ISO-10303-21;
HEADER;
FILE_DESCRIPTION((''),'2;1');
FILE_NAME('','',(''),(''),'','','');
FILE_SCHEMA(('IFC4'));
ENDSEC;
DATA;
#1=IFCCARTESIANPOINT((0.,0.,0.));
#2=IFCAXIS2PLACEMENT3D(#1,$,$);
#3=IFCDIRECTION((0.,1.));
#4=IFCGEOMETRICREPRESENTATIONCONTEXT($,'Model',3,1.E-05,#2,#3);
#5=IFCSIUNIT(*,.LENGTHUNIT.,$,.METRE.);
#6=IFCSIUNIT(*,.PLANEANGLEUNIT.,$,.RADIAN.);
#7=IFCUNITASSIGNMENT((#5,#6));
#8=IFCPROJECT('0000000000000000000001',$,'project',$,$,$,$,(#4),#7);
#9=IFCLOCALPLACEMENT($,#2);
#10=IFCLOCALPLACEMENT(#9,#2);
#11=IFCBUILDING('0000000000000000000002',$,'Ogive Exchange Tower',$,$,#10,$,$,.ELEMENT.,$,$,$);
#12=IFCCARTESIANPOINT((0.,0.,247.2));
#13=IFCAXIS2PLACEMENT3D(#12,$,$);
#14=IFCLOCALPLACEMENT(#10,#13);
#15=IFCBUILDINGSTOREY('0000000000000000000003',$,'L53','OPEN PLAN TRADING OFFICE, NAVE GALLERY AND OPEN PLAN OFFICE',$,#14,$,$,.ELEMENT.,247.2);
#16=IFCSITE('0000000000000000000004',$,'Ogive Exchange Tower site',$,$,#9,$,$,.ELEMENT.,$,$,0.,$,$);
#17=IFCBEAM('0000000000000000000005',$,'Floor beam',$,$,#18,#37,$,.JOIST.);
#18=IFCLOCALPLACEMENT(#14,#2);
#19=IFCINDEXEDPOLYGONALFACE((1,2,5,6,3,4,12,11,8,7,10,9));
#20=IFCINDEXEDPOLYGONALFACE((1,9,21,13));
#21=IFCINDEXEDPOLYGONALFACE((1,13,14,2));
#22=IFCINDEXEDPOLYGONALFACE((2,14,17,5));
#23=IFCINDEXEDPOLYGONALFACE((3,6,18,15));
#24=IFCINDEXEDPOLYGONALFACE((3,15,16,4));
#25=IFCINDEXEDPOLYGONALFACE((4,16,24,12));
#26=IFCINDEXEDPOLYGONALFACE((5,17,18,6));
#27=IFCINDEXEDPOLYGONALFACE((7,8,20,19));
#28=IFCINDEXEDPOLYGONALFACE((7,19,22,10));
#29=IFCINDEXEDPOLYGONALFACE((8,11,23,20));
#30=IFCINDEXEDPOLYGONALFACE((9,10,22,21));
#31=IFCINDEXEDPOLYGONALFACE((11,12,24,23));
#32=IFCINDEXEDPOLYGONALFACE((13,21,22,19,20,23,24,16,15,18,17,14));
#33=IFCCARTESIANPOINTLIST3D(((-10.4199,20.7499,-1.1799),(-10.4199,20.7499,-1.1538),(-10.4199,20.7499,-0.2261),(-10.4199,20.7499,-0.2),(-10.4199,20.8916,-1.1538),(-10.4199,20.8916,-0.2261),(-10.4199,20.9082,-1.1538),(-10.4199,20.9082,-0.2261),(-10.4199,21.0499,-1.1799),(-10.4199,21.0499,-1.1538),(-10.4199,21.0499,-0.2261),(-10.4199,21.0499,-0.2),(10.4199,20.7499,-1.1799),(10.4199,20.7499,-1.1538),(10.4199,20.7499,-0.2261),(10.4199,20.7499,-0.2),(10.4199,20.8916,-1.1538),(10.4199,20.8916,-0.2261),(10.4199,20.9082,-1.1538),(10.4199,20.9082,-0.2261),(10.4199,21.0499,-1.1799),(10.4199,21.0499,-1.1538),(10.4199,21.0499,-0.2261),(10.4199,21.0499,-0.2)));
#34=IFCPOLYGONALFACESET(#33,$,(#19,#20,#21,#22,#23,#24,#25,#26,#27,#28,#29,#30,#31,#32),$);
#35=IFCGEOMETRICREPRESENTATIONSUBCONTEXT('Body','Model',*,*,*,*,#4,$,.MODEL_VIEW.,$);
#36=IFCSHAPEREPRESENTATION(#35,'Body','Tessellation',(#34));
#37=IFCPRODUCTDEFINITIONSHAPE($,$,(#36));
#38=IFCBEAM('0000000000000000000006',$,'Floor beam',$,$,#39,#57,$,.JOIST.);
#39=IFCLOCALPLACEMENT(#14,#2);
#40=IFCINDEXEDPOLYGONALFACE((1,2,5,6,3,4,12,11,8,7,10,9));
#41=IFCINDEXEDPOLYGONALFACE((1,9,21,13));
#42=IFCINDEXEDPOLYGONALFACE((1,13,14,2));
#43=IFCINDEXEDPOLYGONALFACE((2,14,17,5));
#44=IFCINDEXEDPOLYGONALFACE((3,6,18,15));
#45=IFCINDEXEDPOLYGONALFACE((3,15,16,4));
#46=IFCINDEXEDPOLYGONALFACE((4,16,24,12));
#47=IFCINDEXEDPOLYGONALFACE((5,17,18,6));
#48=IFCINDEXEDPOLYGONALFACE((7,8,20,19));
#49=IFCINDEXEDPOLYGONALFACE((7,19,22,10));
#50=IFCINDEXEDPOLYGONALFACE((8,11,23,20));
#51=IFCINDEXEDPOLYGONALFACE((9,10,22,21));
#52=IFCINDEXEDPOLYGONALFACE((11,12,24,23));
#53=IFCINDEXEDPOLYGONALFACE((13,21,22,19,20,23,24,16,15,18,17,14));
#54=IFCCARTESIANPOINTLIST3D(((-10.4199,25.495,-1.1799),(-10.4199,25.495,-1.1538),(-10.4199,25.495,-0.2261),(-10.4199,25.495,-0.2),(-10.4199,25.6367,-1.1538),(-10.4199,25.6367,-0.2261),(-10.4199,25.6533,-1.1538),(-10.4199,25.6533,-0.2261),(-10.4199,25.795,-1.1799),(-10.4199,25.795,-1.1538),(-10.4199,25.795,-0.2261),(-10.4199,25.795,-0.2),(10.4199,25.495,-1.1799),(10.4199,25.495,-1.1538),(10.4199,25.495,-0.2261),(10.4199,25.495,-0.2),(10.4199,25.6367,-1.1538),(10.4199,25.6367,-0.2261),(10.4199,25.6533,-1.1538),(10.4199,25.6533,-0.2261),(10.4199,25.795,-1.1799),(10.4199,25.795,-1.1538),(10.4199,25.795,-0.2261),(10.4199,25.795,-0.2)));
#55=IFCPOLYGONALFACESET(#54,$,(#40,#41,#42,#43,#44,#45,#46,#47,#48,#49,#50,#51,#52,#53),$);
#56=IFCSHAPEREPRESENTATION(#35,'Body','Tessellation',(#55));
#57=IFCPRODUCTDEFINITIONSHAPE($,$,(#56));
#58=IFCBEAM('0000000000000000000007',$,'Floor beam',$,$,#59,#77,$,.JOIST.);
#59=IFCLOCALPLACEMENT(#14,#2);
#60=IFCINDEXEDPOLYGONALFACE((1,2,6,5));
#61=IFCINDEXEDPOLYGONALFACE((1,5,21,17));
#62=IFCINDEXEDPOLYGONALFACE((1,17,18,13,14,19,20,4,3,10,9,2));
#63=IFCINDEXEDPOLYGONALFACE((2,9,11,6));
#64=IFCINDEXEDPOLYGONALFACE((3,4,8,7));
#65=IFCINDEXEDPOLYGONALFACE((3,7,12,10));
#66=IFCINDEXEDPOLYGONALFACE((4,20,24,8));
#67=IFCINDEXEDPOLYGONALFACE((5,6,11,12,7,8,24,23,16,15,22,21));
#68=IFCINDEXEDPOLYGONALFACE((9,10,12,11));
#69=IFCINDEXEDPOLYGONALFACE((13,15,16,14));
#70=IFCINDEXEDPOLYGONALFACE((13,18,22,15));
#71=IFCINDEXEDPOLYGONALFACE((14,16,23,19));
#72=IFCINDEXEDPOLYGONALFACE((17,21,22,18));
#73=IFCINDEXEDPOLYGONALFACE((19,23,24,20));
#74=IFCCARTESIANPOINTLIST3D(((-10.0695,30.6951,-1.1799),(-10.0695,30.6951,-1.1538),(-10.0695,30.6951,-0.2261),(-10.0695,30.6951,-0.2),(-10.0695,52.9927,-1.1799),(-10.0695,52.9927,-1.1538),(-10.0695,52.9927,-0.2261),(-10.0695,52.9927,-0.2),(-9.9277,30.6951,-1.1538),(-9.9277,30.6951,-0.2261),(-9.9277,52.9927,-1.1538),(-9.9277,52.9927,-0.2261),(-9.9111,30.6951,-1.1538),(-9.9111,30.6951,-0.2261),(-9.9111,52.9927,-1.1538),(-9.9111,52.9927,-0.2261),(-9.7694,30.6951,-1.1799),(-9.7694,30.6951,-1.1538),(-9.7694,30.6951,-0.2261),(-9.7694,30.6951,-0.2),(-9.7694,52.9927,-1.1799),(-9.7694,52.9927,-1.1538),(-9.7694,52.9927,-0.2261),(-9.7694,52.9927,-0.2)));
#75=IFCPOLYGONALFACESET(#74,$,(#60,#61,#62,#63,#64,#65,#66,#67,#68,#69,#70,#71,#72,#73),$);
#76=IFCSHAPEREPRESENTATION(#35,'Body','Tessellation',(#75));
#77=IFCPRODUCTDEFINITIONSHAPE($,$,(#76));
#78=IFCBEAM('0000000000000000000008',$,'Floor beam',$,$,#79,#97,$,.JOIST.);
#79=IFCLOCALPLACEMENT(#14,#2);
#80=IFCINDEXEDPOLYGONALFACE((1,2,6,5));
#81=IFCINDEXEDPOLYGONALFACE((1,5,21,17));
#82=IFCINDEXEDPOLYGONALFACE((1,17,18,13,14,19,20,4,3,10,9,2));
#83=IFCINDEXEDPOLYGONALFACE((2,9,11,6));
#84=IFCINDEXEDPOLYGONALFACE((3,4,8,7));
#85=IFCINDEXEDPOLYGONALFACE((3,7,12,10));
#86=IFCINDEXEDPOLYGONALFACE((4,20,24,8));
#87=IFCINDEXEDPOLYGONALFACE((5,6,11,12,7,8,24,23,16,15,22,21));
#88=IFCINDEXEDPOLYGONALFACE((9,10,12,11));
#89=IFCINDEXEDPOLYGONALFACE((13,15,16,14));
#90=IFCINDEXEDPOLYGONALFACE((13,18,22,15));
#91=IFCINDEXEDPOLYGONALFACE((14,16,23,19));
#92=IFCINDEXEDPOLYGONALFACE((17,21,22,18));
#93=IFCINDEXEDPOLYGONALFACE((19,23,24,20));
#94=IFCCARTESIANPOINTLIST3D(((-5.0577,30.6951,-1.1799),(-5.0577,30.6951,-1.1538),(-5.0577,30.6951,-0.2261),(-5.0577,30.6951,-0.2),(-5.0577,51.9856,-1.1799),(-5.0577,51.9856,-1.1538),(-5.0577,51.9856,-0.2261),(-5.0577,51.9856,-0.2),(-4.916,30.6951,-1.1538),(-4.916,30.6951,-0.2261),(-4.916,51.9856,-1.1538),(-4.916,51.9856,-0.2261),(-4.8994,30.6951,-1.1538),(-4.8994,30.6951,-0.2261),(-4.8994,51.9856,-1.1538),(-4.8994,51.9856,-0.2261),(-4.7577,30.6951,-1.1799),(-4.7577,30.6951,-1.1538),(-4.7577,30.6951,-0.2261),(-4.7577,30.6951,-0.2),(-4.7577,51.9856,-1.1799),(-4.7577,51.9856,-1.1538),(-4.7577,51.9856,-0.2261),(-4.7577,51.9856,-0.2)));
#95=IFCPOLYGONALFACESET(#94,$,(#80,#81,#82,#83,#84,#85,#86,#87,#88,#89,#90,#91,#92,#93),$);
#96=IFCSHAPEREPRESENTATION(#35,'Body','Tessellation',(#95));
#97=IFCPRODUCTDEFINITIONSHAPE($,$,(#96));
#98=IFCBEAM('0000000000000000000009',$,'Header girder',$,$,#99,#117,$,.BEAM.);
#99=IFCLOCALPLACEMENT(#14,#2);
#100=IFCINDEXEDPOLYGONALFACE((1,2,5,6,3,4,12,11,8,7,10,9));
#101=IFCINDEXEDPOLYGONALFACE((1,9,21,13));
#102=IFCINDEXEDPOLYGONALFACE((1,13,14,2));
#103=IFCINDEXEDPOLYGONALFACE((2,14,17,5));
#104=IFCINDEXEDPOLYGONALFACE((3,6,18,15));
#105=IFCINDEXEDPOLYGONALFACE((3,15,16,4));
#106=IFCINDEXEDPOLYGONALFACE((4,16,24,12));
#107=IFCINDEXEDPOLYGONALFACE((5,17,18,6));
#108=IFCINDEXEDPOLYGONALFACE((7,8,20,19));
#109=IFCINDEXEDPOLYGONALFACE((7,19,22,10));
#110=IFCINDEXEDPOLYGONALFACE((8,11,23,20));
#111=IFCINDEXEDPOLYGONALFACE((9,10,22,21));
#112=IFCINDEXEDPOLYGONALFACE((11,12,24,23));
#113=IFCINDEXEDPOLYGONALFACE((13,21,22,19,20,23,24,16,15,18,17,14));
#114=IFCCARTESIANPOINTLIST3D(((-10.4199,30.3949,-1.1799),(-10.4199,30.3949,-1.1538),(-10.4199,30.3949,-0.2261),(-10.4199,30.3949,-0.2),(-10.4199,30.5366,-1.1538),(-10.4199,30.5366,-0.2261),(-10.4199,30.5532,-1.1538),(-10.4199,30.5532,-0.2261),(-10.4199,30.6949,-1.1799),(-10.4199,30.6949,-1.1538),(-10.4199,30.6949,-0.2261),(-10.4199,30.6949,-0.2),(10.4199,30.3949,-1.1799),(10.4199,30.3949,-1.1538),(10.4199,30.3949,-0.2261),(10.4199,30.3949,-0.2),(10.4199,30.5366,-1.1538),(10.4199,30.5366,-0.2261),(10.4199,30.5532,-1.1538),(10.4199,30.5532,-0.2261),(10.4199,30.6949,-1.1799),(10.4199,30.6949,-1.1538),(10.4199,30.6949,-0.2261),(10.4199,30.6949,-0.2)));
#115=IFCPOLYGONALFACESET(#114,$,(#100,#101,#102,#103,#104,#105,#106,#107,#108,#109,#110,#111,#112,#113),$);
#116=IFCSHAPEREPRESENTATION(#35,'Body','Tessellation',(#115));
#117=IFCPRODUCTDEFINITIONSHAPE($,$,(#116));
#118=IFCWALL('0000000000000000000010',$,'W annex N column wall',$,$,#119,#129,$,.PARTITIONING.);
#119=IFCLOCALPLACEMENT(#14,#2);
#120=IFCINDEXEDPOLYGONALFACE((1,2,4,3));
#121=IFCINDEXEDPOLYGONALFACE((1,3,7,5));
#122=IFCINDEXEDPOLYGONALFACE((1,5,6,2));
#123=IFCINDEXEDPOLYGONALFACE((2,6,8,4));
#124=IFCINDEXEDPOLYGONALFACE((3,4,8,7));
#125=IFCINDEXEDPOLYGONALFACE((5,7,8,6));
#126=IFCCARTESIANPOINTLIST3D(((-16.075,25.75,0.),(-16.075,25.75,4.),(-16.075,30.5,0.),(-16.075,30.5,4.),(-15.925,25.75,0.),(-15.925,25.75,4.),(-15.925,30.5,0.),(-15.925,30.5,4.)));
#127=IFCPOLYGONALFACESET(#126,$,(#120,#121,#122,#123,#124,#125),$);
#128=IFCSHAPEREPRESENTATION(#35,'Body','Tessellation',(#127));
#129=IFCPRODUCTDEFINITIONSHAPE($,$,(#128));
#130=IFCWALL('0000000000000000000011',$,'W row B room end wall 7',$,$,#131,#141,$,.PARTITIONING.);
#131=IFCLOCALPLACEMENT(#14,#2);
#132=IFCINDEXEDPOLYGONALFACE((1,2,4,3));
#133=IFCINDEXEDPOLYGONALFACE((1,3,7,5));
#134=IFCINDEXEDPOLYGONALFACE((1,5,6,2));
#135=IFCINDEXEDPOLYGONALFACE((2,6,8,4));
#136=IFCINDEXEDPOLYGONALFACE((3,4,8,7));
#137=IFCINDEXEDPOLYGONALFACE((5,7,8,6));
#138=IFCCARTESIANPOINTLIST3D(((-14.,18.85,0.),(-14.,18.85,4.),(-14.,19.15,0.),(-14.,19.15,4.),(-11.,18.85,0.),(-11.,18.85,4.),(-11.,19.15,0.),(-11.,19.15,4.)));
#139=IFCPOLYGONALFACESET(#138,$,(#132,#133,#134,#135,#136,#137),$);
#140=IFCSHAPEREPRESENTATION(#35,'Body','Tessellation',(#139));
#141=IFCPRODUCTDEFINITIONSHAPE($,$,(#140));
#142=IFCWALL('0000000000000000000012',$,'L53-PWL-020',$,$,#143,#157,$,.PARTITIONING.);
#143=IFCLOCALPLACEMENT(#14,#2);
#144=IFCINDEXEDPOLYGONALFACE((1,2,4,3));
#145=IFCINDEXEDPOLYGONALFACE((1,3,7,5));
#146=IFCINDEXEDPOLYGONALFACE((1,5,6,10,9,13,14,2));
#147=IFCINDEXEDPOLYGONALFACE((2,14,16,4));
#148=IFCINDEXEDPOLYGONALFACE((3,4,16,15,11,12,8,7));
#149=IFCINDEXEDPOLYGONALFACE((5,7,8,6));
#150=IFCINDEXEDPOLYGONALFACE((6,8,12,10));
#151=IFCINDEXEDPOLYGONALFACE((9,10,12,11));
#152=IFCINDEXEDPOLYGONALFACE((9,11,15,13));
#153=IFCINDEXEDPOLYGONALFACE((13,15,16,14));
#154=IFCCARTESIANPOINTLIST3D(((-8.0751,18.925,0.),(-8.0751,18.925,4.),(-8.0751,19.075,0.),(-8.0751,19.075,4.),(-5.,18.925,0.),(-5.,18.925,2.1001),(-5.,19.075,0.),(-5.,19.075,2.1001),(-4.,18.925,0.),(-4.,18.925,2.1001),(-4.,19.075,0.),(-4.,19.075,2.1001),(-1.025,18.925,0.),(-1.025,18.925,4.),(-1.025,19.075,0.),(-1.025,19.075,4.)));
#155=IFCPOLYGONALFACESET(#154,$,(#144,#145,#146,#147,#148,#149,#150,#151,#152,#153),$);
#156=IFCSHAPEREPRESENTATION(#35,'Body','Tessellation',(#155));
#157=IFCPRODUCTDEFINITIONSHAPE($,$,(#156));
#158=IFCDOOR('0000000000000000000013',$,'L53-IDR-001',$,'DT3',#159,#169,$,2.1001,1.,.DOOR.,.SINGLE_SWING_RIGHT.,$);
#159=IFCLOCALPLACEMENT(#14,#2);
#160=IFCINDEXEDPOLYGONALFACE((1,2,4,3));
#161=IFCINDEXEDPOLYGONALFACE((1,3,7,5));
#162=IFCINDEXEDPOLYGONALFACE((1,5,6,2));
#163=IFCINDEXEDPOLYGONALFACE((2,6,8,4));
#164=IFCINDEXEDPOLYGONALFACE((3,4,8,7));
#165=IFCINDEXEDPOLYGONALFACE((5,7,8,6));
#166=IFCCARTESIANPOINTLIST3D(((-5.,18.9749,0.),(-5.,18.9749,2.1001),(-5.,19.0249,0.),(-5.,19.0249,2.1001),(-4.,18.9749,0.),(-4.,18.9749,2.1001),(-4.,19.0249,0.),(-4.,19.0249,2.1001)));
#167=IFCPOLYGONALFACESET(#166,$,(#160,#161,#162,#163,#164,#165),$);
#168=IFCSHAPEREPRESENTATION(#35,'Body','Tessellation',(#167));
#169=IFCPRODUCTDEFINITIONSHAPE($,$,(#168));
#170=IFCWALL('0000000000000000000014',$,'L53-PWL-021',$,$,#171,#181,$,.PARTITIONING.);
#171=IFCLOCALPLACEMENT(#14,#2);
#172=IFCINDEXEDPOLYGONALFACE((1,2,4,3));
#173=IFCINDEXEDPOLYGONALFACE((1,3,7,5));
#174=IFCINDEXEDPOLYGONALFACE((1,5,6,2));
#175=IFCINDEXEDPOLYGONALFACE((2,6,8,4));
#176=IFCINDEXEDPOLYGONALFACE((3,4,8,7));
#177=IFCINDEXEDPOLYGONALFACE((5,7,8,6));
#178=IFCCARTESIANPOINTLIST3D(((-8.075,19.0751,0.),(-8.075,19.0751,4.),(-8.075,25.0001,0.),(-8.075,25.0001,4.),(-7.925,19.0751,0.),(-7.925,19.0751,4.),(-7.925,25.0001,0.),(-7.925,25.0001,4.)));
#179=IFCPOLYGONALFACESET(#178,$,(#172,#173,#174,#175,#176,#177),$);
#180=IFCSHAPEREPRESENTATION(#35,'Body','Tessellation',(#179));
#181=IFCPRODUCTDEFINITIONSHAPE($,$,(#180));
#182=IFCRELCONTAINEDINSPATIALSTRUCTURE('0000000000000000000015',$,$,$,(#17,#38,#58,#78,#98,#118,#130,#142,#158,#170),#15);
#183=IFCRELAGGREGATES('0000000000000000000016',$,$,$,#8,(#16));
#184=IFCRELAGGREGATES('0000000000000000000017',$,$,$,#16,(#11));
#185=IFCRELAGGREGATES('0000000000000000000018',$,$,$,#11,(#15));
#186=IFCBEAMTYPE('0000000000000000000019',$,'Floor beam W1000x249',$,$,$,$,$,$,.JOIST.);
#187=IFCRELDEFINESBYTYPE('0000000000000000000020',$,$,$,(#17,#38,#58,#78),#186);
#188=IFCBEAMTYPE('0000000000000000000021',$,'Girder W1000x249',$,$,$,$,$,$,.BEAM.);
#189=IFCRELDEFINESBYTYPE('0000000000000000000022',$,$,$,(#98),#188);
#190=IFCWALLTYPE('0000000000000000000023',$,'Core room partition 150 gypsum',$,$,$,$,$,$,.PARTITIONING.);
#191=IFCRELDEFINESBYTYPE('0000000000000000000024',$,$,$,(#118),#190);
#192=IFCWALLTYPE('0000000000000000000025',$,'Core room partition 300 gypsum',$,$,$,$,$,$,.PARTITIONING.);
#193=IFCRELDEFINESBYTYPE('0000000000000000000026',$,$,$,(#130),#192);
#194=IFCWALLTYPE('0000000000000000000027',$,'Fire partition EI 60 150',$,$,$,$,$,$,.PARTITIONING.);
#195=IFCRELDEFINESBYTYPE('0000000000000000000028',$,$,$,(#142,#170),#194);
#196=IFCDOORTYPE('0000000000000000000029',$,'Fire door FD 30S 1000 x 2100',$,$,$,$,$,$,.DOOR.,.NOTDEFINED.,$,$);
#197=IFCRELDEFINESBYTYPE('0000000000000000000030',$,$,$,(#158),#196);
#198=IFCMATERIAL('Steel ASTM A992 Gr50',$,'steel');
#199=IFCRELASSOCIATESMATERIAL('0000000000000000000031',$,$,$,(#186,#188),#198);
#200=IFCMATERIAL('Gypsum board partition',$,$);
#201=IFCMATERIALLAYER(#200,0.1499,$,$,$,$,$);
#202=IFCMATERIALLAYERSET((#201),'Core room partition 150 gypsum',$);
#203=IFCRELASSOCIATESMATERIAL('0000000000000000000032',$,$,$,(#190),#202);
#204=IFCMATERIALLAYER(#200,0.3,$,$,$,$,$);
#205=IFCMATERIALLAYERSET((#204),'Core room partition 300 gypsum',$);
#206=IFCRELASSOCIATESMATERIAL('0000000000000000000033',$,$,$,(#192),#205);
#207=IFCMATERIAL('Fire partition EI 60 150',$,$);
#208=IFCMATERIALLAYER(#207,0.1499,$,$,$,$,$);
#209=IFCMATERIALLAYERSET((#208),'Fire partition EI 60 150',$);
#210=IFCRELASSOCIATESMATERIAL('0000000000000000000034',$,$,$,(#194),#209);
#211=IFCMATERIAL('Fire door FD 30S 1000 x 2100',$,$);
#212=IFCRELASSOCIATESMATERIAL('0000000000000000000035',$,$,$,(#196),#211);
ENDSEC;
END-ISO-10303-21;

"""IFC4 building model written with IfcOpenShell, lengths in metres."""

from ifc_helpers import new_model, si_unit, direction, frame, frame_2d, origin, origin_2d, place, context, subcontext, project, spatial, rectangle, i_section, extrude, material, layer, layer_set, material_profile, profile_set, type_object, element, fill, save


model = new_model("IFC4")

# Units and contexts
model_context = context("Model", 3, precision=1e-05, world=origin(), true_north=direction((0.0, 1.0)))
body_context = subcontext(model_context, "Body", "Model", "MODEL_VIEW")
ifc_project = project(units=[si_unit("LENGTHUNIT", "METRE"), si_unit("PLANEANGLEUNIT", "RADIAN")], contexts=[model_context])

# Site, building, storey
site_placement = place(None, origin())
site = spatial("IfcSite", under=ifc_project, at=site_placement, Name="Ogive Exchange Tower site", CompositionType="ELEMENT", RefElevation=0.0)
building_placement = place(site_placement, origin())
building = spatial("IfcBuilding", under=site, at=building_placement, Name="Ogive Exchange Tower", CompositionType="ELEMENT")
storey_placement = place(building_placement, frame((0.0, 0.0, 247.2)))
storey = spatial("IfcBuildingStorey", under=building, at=storey_placement, Name="L53", Description="OPEN PLAN TRADING OFFICE, NAVE GALLERY AND OPEN PLAN OFFICE", CompositionType="ELEMENT", Elevation=247.2)

# Beams
ifc_material_1 = material(Name="Steel ASTM A992 Gr50", Category="steel")
ifc_material_profile_1 = material_profile(ifc_material_1, i_section(OverallWidth=0.3, OverallDepth=0.98, WebThickness=0.0166, FlangeThickness=0.0261, at=origin_2d()), Name="W1000x249")
ifc_profile_set_1 = profile_set([ifc_material_profile_1], Name="Steel ASTM A992 Gr50")
beam_type_1 = type_object("IfcBeamType", Name="Floor beam W1000x249", PredefinedType="JOIST", material=ifc_profile_set_1)
for number, where, z_axis, x_axis, name in (
    (1, (-10.4199, 20.8999, -0.6899), (1.0, 0.0, 0.0), (0.0, 1.0, 0.0), "Floor beam"),
    (2, (-10.4199, 25.645, -0.6899), (1.0, 0.0, 0.0), (0.0, 1.0, 0.0), "Floor beam"),
):
    element("IfcBeam", number, at=place(storey_placement, frame(where, z_axis=z_axis, x_axis=x_axis)), inside=storey, type_object=beam_type_1, Name=name, PredefinedType="JOIST", context=body_context, shape_type="SweptSolid", body=[
        extrude(i_section(OverallWidth=0.3, OverallDepth=0.98, WebThickness=0.0166, FlangeThickness=0.0261, at=origin_2d()), origin(), (0.0, 0.0, 1.0), 20.8398),
    ])
beam_1_placement = place(storey_placement, frame((-9.9194, 30.6951, -0.6899), z_axis=(0.0, 1.0, 0.0), x_axis=(-1.0, 0.0, 0.0)))
element("IfcBeam", 3, at=beam_1_placement, inside=storey, type_object=beam_type_1, Name="Floor beam", PredefinedType="JOIST", context=body_context, shape_type="SweptSolid", body=[
    extrude(i_section(OverallWidth=0.3, OverallDepth=0.98, WebThickness=0.0166, FlangeThickness=0.0261, at=origin_2d()), origin(), (0.0, 0.0, 1.0), 22.2976),
])
beam_2_placement = place(storey_placement, frame((-4.9077, 30.6951, -0.6899), z_axis=(0.0, 1.0, 0.0), x_axis=(-1.0, 0.0, 0.0)))
element("IfcBeam", 4, at=beam_2_placement, inside=storey, type_object=beam_type_1, Name="Floor beam", PredefinedType="JOIST", context=body_context, shape_type="SweptSolid", body=[
    extrude(i_section(OverallWidth=0.3, OverallDepth=0.98, WebThickness=0.0166, FlangeThickness=0.0261, at=origin_2d()), origin(), (0.0, 0.0, 1.0), 21.2905),
])
ifc_material_profile_2 = material_profile(ifc_material_1, i_section(OverallWidth=0.3, OverallDepth=0.98, WebThickness=0.0166, FlangeThickness=0.0261, at=origin_2d()), Name="W1000x249")
ifc_profile_set_2 = profile_set([ifc_material_profile_2], Name="Steel ASTM A992 Gr50")
beam_type_2 = type_object("IfcBeamType", Name="Girder W1000x249", PredefinedType="BEAM", material=ifc_profile_set_2)
beam_3_placement = place(storey_placement, frame((-10.4199, 30.5449, -0.6899), z_axis=(1.0, 0.0, 0.0), x_axis=(0.0, 1.0, 0.0)))
element("IfcBeam", 5, at=beam_3_placement, inside=storey, type_object=beam_type_2, Name="Header girder", PredefinedType="BEAM", context=body_context, shape_type="SweptSolid", body=[
    extrude(i_section(OverallWidth=0.3, OverallDepth=0.98, WebThickness=0.0166, FlangeThickness=0.0261, at=origin_2d()), origin(), (0.0, 0.0, 1.0), 20.8398),
])

# Walls
ifc_material_2 = material(Name="Gypsum board partition")
ifc_layer_1 = layer(ifc_material_2, 0.1499)
ifc_layer_set_1 = layer_set([ifc_layer_1], Name="Core room partition 150 gypsum")
wall_type_1 = type_object("IfcWallType", Name="Core room partition 150 gypsum", PredefinedType="PARTITIONING", material=ifc_layer_set_1)
wall_1_placement = place(storey_placement, frame((-16.0, 25.75, 0.0), z_axis=(0.0, 0.0, 1.0), x_axis=(0.0, 1.0, 0.0)))
element("IfcWall", 6, at=wall_1_placement, inside=storey, type_object=wall_type_1, Name="W annex N column wall", PredefinedType="PARTITIONING", context=body_context, shape_type="SweptSolid", body=[
    extrude(rectangle(XDim=4.75, YDim=0.1499, at=frame_2d((2.375, 0.0))), origin(), (0.0, 0.0, 1.0), 4.0),
])
ifc_layer_2 = layer(ifc_material_2, 0.3)
ifc_layer_set_2 = layer_set([ifc_layer_2], Name="Core room partition 300 gypsum")
wall_type_2 = type_object("IfcWallType", Name="Core room partition 300 gypsum", PredefinedType="PARTITIONING", material=ifc_layer_set_2)
wall_2_placement = place(storey_placement, frame((-14.0, 19.0, 0.0), z_axis=(0.0, 0.0, 1.0), x_axis=(1.0, 0.0, 0.0)))
element("IfcWall", 7, at=wall_2_placement, inside=storey, type_object=wall_type_2, Name="W row B room end wall 7", PredefinedType="PARTITIONING", context=body_context, shape_type="SweptSolid", body=[
    extrude(rectangle(XDim=3.0, YDim=0.3, at=frame_2d((1.5, 0.0))), origin(), (0.0, 0.0, 1.0), 4.0),
])

# Wall, opening, door
ifc_material_3 = material(Name="Fire partition EI 60 150")
ifc_layer_3 = layer(ifc_material_3, 0.1499)
ifc_layer_set_3 = layer_set([ifc_layer_3], Name="Fire partition EI 60 150")
wall_type_3 = type_object("IfcWallType", Name="Fire partition EI 60 150", PredefinedType="PARTITIONING", material=ifc_layer_set_3)
wall_3_placement = place(storey_placement, frame((-8.075, 19.0, 0.0), z_axis=(0.0, 0.0, 1.0), x_axis=(1.0, 0.0, 0.0)))
wall_3 = element("IfcWall", 8, at=wall_3_placement, inside=storey, type_object=wall_type_3, Name="L53-PWL-020", PredefinedType="PARTITIONING", context=body_context, shape_type="SweptSolid", body=[
    extrude(rectangle(XDim=7.05, YDim=0.1499, at=frame_2d((3.5249, 0.0))), origin(), (0.0, 0.0, 1.0), 4.0),
])
opening_1_placement = place(wall_3_placement, frame((3.075, 0.0, 0.0)))
opening_1 = element("IfcOpeningElement", 9, at=opening_1_placement, cuts=wall_3, PredefinedType="OPENING", context=body_context, shape_type="SweptSolid", body=[
    extrude(rectangle(XDim=1.0, YDim=2.1001, at=frame_2d((0.5, 1.05))), frame((0.0, 0.085, 0.0), z_axis=(0.0, -1.0, 0.0), x_axis=(1.0, 0.0, 0.0)), (0.0, 0.0, 1.0), 0.1699),
])
ifc_material_4 = material(Name="Fire door FD 30S 1000 x 2100")
door_type_1 = type_object("IfcDoorType", Name="Fire door FD 30S 1000 x 2100", OperationType="NOTDEFINED", PredefinedType="DOOR", material=ifc_material_4)
door_1_placement = place(opening_1_placement, origin())
door_1 = element("IfcDoor", 10, at=door_1_placement, inside=storey, type_object=door_type_1, Name="L53-IDR-001", ObjectType="DT3", OperationType="SINGLE_SWING_RIGHT", OverallHeight=2.1001, OverallWidth=1.0, PredefinedType="DOOR", context=body_context, shape_type="SweptSolid", body=[
    extrude(rectangle(XDim=1.0, YDim=2.1001, at=frame_2d((0.5, 1.05))), frame((0.0, 0.0249, 0.0), z_axis=(0.0, -1.0, 0.0), x_axis=(1.0, 0.0, 0.0)), (0.0, 0.0, 1.0), 0.05),
])
fill(opening_1, door_1)

# Wall
wall_4_placement = place(storey_placement, frame((-8.0, 25.0, 0.0), z_axis=(0.0, 0.0, 1.0), x_axis=(0.0, -1.0, 0.0)))
element("IfcWall", 11, at=wall_4_placement, inside=storey, type_object=wall_type_3, Name="L53-PWL-021", PredefinedType="PARTITIONING", context=body_context, shape_type="SweptSolid", body=[
    extrude(rectangle(XDim=5.925, YDim=0.1499, at=frame_2d((2.9624, 0.0))), origin(), (0.0, 0.0, 1.0), 4.0),
])

save(model, "model.ifc")
